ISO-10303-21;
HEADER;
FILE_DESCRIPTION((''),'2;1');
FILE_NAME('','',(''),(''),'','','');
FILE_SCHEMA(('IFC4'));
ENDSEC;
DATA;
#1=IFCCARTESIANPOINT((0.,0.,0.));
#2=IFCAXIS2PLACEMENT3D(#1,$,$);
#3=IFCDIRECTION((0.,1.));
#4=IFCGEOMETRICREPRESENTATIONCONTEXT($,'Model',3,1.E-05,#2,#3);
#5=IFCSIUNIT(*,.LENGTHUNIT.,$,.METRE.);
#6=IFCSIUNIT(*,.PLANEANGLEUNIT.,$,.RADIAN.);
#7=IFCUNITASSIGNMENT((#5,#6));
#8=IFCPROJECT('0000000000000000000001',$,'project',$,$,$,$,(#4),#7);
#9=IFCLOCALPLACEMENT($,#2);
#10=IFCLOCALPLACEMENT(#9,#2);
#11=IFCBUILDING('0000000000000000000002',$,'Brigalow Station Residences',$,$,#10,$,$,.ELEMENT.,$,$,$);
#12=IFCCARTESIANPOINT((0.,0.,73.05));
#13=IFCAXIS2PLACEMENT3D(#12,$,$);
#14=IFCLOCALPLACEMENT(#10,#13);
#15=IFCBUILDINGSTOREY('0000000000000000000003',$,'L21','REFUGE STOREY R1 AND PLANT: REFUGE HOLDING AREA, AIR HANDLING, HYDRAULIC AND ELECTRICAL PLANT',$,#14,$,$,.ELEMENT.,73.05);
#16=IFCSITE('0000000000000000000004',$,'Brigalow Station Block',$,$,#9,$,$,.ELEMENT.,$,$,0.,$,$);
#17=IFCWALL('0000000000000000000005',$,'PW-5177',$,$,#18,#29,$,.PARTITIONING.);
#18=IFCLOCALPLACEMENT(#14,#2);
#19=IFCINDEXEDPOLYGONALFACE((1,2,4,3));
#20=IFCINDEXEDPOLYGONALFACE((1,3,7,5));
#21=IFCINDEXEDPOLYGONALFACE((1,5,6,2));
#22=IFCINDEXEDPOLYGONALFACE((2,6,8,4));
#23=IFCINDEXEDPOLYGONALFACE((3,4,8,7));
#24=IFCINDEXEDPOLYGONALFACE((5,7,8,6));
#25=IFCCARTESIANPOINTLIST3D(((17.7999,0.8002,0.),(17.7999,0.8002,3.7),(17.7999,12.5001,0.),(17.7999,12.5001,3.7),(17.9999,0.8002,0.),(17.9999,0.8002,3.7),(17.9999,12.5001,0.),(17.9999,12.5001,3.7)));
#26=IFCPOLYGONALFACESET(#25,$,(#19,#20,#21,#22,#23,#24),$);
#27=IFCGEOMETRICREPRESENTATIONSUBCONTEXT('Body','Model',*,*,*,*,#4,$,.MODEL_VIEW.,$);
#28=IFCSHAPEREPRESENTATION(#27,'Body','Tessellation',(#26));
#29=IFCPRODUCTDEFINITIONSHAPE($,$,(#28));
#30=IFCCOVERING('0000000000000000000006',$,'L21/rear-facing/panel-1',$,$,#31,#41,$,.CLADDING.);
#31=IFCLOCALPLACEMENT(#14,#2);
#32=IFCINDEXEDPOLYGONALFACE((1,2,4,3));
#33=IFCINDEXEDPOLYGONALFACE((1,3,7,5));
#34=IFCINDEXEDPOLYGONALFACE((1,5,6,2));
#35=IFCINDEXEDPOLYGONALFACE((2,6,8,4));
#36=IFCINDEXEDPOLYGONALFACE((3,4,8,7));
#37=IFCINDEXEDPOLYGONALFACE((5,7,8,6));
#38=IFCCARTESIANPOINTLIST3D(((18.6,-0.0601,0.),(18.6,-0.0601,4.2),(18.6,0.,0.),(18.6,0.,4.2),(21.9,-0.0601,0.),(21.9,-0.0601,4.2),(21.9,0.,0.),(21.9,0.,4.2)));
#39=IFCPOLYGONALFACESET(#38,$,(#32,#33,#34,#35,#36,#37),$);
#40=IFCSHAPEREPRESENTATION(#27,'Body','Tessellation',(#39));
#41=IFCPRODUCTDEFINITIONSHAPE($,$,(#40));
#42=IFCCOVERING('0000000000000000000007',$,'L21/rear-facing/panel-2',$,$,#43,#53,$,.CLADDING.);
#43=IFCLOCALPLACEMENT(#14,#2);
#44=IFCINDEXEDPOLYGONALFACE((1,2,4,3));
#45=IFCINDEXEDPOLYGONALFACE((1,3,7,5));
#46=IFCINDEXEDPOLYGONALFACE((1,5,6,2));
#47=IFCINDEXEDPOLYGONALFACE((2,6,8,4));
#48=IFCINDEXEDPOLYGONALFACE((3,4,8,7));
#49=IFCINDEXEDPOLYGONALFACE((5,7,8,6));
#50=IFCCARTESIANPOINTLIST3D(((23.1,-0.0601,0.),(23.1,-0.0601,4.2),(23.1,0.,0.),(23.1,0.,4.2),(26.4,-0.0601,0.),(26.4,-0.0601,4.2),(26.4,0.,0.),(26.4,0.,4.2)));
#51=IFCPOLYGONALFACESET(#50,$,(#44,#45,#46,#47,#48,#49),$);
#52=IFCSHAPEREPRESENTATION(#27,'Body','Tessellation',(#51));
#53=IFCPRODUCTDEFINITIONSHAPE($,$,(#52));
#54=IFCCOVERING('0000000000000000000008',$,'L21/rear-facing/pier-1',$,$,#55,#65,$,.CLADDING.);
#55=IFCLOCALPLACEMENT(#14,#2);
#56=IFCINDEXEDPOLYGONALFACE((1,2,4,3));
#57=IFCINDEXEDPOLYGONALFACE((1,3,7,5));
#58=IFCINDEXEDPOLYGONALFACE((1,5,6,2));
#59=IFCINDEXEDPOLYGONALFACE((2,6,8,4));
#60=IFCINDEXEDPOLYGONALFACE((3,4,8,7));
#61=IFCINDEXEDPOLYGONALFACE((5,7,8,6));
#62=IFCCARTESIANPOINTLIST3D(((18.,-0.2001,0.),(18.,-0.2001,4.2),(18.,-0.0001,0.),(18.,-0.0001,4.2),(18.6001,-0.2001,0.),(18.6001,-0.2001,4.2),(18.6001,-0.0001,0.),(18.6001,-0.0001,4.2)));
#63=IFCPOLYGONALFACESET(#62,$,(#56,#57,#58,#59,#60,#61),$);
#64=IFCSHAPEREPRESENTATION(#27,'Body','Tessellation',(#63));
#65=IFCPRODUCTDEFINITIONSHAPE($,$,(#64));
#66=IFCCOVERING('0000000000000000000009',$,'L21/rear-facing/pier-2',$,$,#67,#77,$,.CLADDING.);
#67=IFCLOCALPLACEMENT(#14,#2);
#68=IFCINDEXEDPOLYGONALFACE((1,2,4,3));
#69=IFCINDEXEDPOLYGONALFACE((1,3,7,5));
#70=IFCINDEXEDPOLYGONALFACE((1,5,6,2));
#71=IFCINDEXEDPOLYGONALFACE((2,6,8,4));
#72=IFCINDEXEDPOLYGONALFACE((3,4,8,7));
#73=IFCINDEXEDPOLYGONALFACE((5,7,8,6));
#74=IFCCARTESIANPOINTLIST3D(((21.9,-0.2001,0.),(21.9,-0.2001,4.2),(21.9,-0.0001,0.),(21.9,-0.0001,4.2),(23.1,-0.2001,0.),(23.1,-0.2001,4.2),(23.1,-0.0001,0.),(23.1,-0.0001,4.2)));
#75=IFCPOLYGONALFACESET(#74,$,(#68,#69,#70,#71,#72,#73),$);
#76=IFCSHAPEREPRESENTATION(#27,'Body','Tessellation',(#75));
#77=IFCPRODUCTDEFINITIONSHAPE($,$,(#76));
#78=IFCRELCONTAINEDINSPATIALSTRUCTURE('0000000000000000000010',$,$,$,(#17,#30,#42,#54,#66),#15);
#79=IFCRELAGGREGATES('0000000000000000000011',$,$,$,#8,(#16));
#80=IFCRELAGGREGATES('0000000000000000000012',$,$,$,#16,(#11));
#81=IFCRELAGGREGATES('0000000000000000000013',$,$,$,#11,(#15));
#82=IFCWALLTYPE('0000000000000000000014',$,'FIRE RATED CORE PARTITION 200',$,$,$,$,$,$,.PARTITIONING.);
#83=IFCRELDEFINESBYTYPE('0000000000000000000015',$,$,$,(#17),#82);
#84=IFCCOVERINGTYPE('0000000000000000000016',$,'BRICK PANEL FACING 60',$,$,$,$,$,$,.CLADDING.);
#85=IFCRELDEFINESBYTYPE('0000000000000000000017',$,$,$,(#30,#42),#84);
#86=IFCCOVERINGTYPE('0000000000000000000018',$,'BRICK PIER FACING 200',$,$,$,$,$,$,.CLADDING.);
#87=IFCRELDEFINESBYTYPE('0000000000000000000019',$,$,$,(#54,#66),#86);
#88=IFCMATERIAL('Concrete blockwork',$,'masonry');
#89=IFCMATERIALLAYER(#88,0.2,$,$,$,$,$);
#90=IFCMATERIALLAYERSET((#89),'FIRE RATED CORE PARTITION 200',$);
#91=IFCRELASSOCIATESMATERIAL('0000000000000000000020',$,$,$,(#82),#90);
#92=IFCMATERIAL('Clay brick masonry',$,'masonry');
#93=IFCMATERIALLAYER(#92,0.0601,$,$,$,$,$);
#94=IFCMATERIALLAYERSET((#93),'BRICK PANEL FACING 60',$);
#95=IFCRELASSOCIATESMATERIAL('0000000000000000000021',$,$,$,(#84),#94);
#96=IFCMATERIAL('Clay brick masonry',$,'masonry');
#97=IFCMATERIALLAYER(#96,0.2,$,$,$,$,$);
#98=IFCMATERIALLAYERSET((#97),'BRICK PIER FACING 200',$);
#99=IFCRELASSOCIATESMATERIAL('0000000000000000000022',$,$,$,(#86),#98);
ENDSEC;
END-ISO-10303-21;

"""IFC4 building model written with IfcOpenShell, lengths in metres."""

from ifc_helpers import new_model, si_unit, direction, frame, frame_2d, origin, origin_2d, place, context, subcontext, project, spatial, rectangle, extrude, material, layer, layer_set, type_object, element, save


model = new_model("IFC4")

# Units and contexts
model_context = context("Model", 3, precision=1e-05, world=origin(), true_north=direction((0.0, 1.0)))
body_context = subcontext(model_context, "Body", "Model", "MODEL_VIEW")
ifc_project = project(units=[si_unit("LENGTHUNIT", "METRE"), si_unit("PLANEANGLEUNIT", "RADIAN")], contexts=[model_context])

# Site, building, storey
site_placement = place(None, origin())
site = spatial("IfcSite", under=ifc_project, at=site_placement, Name="Brigalow Station Block", CompositionType="ELEMENT", RefElevation=0.0)
building_placement = place(site_placement, origin())
building = spatial("IfcBuilding", under=site, at=building_placement, Name="Brigalow Station Residences", CompositionType="ELEMENT")
storey_placement = place(building_placement, frame((0.0, 0.0, 73.05)))
storey = spatial("IfcBuildingStorey", under=building, at=storey_placement, Name="L21", Description="REFUGE STOREY R1 AND PLANT: REFUGE HOLDING AREA, AIR HANDLING, HYDRAULIC AND ELECTRICAL PLANT", CompositionType="ELEMENT", Elevation=73.05)

# Wall
ifc_material_1 = material(Name="Concrete blockwork", Category="masonry")
ifc_layer_1 = layer(ifc_material_1, 0.2)
ifc_layer_set_1 = layer_set([ifc_layer_1], Name="FIRE RATED CORE PARTITION 200")
wall_type_1 = type_object("IfcWallType", Name="FIRE RATED CORE PARTITION 200", PredefinedType="PARTITIONING", material=ifc_layer_set_1)
wall_1_placement = place(storey_placement, frame((17.8999, 0.8, 0.0), z_axis=(0.0, 0.0, 1.0), x_axis=(0.0, 1.0, 0.0)))
element("IfcWall", 1, at=wall_1_placement, inside=storey, type_object=wall_type_1, Name="PW-5177", PredefinedType="PARTITIONING", context=body_context, shape_type="SweptSolid", body=[
    extrude(rectangle(XDim=11.7, YDim=0.2, at=frame_2d((5.8501, 0.0))), origin(), (0.0, 0.0, 1.0), 3.7),
])

# Coverings
ifc_material_2 = material(Name="Clay brick masonry", Category="masonry")
ifc_layer_2 = layer(ifc_material_2, 0.0601)
ifc_layer_set_2 = layer_set([ifc_layer_2], Name="BRICK PANEL FACING 60")
covering_type_1 = type_object("IfcCoveringType", Name="BRICK PANEL FACING 60", PredefinedType="CLADDING", material=ifc_layer_set_2)
for number, where, z_axis, x_axis, name in (
    (2, (20.25, -0.03, 0.0), (0.0, 0.0, 1.0), (1.0, 0.0, 0.0), "L21/rear-facing/panel-1"),
    (3, (24.75, -0.03, 0.0), (0.0, 0.0, 1.0), (1.0, 0.0, 0.0), "L21/rear-facing/panel-2"),
):
    element("IfcCovering", number, at=place(storey_placement, frame(where, z_axis=z_axis, x_axis=x_axis)), inside=storey, type_object=covering_type_1, Name=name, PredefinedType="CLADDING", context=body_context, shape_type="SweptSolid", body=[
        extrude(rectangle(XDim=3.3, YDim=0.0601, at=origin_2d()), origin(), (0.0, 0.0, 1.0), 4.2),
    ])
ifc_material_3 = material(Name="Clay brick masonry", Category="masonry")
ifc_layer_3 = layer(ifc_material_3, 0.2)
ifc_layer_set_3 = layer_set([ifc_layer_3], Name="BRICK PIER FACING 200")
covering_type_2 = type_object("IfcCoveringType", Name="BRICK PIER FACING 200", PredefinedType="CLADDING", material=ifc_layer_set_3)
covering_1_placement = place(storey_placement, frame((18.3, -0.1001, 0.0), z_axis=(0.0, 0.0, 1.0), x_axis=(1.0, 0.0, 0.0)))
element("IfcCovering", 4, at=covering_1_placement, inside=storey, type_object=covering_type_2, Name="L21/rear-facing/pier-1", PredefinedType="CLADDING", context=body_context, shape_type="SweptSolid", body=[
    extrude(rectangle(XDim=0.6001, YDim=0.2, at=origin_2d()), origin(), (0.0, 0.0, 1.0), 4.2),
])
covering_2_placement = place(storey_placement, frame((22.5, -0.1001, 0.0), z_axis=(0.0, 0.0, 1.0), x_axis=(1.0, 0.0, 0.0)))
element("IfcCovering", 5, at=covering_2_placement, inside=storey, type_object=covering_type_2, Name="L21/rear-facing/pier-2", PredefinedType="CLADDING", context=body_context, shape_type="SweptSolid", body=[
    extrude(rectangle(XDim=1.2, YDim=0.2, at=origin_2d()), origin(), (0.0, 0.0, 1.0), 4.2),
])

save(model, "model.ifc")
